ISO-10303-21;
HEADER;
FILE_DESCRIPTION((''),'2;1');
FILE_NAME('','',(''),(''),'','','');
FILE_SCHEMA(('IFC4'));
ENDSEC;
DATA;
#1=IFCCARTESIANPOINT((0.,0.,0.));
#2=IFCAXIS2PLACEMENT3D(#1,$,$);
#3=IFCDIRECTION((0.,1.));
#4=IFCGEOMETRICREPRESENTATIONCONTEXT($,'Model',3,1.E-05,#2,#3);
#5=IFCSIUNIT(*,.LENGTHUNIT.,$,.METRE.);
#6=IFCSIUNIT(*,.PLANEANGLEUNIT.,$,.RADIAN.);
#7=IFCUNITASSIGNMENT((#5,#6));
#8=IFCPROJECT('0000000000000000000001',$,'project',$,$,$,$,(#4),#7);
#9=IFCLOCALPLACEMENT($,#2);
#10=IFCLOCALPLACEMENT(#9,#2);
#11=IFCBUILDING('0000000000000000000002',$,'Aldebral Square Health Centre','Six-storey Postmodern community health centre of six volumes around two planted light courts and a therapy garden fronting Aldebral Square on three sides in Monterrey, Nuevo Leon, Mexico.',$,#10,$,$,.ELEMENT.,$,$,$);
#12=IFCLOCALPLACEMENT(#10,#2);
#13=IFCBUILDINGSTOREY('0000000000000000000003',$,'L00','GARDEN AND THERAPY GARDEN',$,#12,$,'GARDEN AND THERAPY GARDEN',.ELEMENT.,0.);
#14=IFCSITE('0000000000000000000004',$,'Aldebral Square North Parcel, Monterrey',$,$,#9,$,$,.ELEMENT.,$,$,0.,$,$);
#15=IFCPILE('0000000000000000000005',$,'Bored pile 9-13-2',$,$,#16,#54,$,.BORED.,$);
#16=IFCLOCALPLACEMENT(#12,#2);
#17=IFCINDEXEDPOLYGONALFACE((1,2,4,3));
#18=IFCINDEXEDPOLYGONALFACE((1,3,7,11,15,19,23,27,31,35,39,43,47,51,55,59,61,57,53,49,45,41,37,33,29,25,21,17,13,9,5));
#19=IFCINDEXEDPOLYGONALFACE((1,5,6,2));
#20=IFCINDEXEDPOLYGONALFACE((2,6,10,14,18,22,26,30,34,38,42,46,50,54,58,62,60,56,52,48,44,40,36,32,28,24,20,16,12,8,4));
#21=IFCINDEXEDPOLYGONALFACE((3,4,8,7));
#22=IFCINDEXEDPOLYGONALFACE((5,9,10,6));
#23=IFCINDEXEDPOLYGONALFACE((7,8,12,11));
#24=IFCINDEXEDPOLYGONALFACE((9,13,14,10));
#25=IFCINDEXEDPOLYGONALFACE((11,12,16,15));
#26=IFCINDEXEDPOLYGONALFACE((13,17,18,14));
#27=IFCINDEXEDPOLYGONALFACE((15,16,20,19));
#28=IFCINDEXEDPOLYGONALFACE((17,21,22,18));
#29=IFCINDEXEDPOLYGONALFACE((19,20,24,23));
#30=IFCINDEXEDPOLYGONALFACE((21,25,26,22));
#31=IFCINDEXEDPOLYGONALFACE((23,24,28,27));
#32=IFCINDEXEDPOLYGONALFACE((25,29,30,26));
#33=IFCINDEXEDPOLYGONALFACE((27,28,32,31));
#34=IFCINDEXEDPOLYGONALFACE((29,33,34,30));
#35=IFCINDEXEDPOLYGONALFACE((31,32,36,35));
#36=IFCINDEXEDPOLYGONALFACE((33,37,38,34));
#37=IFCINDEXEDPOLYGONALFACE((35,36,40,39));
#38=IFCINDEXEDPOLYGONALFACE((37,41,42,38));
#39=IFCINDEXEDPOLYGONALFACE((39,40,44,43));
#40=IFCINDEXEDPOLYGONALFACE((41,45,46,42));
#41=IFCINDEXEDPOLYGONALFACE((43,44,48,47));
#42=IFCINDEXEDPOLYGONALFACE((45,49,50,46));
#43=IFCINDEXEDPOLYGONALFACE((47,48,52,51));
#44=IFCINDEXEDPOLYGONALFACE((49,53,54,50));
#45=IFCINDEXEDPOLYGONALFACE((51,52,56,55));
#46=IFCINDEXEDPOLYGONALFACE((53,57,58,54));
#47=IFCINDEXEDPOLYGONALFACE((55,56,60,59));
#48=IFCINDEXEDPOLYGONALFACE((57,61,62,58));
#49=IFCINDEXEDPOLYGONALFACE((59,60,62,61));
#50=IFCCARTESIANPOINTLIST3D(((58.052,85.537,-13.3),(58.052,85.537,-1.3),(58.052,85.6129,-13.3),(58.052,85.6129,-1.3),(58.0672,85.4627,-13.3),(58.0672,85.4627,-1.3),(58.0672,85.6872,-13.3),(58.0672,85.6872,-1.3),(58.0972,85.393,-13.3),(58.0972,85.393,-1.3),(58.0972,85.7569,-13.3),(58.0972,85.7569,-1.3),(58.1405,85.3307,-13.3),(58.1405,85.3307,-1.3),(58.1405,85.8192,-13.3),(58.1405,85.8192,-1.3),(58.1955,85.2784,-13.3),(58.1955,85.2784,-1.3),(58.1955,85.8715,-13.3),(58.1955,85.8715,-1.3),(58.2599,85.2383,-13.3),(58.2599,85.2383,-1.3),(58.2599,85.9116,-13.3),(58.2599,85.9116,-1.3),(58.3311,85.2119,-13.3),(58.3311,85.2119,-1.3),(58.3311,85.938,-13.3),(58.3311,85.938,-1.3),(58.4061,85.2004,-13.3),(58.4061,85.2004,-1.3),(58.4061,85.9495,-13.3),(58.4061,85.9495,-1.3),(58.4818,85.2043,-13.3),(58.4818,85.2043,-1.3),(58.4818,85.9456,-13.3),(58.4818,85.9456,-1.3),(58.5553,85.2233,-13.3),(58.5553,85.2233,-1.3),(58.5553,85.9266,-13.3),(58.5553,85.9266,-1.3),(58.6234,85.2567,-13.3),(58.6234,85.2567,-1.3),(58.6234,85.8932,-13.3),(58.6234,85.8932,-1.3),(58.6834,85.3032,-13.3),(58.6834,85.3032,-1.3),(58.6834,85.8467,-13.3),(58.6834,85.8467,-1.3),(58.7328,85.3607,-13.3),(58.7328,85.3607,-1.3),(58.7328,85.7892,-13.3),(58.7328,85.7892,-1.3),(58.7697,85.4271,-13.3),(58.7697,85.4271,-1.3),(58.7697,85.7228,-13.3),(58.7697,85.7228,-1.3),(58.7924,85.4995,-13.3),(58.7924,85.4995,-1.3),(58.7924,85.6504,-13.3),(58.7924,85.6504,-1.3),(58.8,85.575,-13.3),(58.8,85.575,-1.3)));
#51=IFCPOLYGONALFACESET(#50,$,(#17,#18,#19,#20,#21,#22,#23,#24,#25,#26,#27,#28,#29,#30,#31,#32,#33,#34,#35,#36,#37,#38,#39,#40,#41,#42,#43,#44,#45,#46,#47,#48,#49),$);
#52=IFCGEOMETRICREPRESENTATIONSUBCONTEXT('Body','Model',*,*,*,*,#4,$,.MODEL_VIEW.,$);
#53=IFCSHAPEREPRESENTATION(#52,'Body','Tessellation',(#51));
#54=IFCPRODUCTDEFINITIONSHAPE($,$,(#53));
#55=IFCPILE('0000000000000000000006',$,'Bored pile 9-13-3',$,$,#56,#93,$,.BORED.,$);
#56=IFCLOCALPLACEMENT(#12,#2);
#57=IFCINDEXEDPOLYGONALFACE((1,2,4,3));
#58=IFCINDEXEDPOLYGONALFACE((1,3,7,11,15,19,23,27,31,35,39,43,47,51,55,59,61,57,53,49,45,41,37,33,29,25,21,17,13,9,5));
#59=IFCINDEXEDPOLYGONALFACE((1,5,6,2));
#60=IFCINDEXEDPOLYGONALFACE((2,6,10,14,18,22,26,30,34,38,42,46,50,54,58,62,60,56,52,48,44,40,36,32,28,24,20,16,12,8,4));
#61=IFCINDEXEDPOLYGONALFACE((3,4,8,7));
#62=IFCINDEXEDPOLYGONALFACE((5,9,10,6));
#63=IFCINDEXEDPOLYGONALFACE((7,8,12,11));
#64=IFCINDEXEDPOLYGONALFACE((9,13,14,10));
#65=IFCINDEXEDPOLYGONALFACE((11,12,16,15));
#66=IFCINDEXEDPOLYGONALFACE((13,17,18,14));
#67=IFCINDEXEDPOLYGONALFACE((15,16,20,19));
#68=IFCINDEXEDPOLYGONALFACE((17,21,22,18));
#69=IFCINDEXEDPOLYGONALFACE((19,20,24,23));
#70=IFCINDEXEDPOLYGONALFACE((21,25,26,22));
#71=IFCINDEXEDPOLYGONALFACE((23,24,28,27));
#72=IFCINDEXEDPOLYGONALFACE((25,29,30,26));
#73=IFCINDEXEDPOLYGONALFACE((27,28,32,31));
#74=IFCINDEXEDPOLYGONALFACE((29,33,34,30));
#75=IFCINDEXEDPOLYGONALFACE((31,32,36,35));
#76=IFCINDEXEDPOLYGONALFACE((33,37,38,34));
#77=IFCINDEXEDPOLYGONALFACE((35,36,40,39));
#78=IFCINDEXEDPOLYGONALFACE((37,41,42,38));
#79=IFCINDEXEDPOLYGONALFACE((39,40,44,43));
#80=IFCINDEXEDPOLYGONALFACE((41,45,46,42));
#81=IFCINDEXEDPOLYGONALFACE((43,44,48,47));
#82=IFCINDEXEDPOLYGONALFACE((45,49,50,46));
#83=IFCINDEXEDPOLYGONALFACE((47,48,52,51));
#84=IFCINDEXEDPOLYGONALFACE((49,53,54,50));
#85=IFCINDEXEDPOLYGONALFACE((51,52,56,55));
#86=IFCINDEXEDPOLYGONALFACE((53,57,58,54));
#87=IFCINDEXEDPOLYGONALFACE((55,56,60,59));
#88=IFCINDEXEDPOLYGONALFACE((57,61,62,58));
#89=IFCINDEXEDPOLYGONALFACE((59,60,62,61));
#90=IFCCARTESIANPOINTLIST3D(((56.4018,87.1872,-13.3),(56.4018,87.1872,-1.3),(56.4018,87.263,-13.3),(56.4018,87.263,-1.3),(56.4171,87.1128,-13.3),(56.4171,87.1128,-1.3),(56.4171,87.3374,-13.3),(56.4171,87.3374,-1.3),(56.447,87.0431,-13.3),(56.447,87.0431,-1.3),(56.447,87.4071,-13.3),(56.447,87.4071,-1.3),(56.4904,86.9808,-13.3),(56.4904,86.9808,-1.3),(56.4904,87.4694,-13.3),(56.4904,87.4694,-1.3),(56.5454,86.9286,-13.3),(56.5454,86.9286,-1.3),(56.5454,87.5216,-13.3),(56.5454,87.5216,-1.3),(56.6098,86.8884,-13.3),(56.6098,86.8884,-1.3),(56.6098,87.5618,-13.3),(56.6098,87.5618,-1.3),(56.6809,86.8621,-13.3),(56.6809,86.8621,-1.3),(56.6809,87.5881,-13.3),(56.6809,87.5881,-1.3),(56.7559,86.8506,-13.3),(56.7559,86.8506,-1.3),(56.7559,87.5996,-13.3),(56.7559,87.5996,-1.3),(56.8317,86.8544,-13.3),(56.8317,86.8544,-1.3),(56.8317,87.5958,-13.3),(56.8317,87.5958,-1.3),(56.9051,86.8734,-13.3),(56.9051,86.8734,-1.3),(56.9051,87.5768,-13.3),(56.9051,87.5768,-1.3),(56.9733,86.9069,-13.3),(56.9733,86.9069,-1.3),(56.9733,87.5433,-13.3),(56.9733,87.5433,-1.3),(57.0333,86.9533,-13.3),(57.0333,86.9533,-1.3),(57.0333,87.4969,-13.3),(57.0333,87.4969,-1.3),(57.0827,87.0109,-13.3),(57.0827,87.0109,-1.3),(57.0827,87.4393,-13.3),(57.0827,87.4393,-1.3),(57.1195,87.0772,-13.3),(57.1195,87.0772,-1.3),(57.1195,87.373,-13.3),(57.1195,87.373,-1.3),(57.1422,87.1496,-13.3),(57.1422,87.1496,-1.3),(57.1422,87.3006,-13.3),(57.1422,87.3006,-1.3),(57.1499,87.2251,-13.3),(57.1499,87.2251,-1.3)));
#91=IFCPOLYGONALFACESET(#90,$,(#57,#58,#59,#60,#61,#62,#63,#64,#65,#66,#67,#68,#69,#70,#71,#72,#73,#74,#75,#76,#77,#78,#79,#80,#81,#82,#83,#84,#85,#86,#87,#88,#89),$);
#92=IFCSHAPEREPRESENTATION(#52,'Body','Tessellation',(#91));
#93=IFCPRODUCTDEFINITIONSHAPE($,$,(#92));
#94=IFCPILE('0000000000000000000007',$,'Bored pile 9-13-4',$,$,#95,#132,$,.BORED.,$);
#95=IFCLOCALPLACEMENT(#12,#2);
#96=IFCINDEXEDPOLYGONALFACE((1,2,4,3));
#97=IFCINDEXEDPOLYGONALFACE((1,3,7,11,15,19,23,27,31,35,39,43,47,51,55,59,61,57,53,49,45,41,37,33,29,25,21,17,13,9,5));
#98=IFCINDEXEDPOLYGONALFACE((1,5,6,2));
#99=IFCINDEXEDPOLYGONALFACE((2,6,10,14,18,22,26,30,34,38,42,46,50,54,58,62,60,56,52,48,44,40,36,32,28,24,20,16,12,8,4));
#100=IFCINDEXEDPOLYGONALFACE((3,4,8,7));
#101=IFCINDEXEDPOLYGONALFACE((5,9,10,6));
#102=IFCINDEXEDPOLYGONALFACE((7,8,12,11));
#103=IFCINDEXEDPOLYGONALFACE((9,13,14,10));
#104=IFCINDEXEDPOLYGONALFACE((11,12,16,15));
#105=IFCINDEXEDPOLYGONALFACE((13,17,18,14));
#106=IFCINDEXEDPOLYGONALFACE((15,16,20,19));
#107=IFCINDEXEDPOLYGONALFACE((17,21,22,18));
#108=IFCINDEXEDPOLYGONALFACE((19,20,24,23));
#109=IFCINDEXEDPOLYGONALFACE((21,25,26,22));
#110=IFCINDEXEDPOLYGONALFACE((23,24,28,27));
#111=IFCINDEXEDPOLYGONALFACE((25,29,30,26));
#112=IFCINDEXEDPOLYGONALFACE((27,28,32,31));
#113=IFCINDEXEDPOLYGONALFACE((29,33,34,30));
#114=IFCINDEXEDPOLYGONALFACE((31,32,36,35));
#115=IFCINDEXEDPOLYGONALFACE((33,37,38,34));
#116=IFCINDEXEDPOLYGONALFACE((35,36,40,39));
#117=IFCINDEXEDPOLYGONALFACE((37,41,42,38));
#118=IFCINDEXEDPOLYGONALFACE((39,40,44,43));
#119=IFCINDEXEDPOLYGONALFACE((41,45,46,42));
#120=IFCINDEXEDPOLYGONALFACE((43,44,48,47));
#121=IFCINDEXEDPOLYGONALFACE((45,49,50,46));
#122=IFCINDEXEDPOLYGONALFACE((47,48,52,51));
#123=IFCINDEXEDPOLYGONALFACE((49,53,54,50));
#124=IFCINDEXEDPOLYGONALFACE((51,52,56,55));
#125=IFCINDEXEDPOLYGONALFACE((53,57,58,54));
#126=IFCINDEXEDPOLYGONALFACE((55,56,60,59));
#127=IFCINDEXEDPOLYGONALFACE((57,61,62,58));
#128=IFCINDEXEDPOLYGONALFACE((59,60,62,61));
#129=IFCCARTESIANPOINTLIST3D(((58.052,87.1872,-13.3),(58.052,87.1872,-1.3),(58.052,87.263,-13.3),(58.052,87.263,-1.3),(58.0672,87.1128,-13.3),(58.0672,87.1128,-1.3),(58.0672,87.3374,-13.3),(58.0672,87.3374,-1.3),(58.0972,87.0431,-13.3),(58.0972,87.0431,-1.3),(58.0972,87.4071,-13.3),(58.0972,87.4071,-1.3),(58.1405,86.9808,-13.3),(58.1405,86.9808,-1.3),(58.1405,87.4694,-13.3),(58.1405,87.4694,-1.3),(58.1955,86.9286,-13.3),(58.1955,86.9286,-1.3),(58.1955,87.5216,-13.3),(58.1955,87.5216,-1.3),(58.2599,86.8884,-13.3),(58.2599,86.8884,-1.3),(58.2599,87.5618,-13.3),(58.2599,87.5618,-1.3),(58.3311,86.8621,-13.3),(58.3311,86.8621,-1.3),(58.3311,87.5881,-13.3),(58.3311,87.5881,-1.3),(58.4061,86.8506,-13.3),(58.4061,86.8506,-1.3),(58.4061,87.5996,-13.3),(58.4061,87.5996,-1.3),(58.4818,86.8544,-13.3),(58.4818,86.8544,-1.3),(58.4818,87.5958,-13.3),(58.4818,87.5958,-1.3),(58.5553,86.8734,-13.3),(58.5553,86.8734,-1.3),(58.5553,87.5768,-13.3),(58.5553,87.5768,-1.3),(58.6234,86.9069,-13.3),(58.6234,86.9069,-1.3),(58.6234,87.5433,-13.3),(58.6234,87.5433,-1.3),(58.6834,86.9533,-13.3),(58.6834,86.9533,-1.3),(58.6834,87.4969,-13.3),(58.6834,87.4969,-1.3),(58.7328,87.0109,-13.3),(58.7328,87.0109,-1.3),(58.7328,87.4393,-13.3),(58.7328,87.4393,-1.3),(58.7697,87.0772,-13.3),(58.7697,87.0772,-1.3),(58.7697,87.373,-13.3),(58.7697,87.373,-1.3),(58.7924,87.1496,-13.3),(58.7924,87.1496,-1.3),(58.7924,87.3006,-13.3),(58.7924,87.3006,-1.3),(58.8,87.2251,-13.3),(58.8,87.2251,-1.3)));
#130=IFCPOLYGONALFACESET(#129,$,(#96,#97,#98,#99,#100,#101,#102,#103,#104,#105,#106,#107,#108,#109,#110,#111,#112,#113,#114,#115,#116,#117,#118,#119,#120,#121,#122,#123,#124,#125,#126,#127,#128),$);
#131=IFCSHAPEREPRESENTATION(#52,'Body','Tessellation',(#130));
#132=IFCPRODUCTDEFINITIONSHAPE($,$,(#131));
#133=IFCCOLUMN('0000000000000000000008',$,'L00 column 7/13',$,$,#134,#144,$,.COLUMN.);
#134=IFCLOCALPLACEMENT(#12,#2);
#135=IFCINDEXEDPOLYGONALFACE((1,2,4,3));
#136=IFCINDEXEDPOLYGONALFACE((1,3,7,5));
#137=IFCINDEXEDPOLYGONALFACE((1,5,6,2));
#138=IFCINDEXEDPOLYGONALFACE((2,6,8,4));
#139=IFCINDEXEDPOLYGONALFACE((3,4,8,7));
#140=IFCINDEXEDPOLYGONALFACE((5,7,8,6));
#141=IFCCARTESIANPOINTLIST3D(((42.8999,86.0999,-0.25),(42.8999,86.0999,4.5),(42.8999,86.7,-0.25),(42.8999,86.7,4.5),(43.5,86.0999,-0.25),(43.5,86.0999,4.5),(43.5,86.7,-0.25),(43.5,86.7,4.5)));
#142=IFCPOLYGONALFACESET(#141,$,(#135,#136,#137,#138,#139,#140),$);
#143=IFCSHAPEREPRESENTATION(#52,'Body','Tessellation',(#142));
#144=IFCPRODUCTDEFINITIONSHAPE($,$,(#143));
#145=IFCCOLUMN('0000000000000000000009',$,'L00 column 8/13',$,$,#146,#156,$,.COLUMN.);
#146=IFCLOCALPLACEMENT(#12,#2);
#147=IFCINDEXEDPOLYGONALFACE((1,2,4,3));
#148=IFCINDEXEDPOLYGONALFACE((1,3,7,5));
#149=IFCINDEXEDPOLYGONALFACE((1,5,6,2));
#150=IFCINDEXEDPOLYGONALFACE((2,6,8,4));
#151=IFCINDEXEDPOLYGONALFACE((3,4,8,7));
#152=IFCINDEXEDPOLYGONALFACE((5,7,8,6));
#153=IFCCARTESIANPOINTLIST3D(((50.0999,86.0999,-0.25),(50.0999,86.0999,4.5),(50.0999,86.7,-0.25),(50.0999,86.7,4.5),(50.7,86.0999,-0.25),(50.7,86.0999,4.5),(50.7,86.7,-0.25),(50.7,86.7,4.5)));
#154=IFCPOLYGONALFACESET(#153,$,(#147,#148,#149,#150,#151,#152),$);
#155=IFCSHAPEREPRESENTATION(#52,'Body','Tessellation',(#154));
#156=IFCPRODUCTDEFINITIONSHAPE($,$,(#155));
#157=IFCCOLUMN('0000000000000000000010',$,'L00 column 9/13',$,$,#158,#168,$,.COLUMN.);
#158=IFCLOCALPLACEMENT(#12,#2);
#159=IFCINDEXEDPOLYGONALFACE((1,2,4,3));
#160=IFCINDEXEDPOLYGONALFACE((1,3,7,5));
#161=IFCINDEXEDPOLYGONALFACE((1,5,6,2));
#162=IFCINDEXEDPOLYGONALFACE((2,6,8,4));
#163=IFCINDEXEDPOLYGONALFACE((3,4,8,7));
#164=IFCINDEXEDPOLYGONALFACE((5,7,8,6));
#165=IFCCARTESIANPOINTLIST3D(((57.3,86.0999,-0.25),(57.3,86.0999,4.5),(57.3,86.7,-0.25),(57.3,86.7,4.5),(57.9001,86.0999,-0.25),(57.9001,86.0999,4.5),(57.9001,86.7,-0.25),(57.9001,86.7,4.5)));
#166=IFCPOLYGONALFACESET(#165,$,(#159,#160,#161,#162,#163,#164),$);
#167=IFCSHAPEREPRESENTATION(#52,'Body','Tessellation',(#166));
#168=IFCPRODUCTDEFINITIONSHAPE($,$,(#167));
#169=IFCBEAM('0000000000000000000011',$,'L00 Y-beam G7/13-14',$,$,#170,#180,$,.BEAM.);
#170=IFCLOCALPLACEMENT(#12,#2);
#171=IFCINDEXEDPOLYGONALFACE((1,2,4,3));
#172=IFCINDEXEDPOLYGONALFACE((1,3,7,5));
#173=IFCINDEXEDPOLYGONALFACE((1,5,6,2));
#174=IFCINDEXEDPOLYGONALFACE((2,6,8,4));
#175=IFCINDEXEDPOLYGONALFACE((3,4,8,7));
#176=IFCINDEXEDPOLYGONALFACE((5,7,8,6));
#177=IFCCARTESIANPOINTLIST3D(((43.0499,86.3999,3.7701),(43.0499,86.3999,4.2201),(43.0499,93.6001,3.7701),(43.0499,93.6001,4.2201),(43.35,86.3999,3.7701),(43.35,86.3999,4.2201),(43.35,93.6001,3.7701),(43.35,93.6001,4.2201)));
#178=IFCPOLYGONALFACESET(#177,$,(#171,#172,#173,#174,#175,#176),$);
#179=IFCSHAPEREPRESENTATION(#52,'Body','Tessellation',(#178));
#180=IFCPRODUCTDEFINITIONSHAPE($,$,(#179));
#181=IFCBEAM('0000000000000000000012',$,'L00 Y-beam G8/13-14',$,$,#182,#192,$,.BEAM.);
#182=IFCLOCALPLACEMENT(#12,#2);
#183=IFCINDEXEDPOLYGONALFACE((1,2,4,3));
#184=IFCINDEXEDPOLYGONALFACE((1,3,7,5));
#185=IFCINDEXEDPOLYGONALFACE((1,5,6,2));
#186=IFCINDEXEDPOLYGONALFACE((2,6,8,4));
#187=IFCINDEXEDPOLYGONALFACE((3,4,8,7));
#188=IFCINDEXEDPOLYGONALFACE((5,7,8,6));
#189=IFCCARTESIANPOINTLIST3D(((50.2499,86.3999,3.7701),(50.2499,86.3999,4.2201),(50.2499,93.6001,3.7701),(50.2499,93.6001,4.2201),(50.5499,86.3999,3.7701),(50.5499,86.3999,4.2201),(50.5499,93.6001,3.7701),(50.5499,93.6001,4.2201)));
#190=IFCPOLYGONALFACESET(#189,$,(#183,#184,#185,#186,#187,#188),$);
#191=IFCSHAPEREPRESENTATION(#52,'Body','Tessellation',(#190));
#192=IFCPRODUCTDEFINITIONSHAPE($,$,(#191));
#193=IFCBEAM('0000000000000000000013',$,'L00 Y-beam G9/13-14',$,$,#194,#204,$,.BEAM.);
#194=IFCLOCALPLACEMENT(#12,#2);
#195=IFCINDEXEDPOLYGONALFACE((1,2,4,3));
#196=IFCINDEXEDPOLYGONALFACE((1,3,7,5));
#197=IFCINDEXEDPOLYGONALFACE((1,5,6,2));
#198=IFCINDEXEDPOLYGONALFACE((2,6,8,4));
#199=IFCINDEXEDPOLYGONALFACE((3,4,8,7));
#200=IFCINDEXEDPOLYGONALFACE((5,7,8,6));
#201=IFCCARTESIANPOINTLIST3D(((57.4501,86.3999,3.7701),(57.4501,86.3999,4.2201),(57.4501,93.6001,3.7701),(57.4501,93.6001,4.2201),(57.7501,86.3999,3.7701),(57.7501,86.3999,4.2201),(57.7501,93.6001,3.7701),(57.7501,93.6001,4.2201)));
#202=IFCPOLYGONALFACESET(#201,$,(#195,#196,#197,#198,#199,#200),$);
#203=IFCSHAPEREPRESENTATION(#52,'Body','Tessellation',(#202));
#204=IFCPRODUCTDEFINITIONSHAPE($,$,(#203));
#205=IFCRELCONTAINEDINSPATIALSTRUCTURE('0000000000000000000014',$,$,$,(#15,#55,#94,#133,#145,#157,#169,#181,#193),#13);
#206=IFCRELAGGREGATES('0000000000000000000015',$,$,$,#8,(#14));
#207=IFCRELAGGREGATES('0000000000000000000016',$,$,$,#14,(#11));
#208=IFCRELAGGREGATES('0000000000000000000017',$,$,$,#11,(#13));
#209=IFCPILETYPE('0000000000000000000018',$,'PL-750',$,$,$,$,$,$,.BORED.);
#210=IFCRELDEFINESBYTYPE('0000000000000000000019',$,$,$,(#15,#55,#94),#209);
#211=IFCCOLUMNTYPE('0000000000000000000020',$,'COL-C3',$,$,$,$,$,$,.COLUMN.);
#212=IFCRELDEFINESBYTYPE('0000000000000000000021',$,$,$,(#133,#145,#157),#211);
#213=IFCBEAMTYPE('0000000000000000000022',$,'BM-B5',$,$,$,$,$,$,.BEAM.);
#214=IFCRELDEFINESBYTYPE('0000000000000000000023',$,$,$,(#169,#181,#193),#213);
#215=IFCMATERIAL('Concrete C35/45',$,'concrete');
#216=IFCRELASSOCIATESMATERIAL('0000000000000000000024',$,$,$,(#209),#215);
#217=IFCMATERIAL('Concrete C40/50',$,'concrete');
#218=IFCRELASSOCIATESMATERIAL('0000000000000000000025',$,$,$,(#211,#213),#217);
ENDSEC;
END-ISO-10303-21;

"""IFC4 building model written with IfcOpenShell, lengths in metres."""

from ifc_helpers import new_model, si_unit, direction, frame, origin, origin_2d, place, context, subcontext, project, spatial, rectangle, circle, extrude, material, material_profile, profile_set, type_object, element, save


model = new_model("IFC4")

# Units and contexts
model_context = context("Model", 3, precision=1e-05, world=origin(), true_north=direction((0.0, 1.0)))
body_context = subcontext(model_context, "Body", "Model", "MODEL_VIEW")
ifc_project = project(units=[si_unit("LENGTHUNIT", "METRE"), si_unit("PLANEANGLEUNIT", "RADIAN")], contexts=[model_context])

# Site, building, storey
site_placement = place(None, origin())
site = spatial("IfcSite", under=ifc_project, at=site_placement, Name="Aldebral Square North Parcel, Monterrey", CompositionType="ELEMENT", RefElevation=0.0)
building_placement = place(site_placement, origin())
building = spatial("IfcBuilding", under=site, at=building_placement, Name="Aldebral Square Health Centre", Description="Six-storey Postmodern community health centre of six volumes around two planted light courts and a therapy garden fronting Aldebral Square on three sides in Monterrey, Nuevo Leon, Mexico.", CompositionType="ELEMENT")
storey_placement = place(building_placement, origin())
storey = spatial("IfcBuildingStorey", under=building, at=storey_placement, Name="L00", Description="GARDEN AND THERAPY GARDEN", LongName="GARDEN AND THERAPY GARDEN", CompositionType="ELEMENT", Elevation=0.0)

# Shared definitions
ifc_material_1 = material(Name="Concrete C35/45", Category="concrete")

# Piles
ifc_material_profile_1 = material_profile(ifc_material_1, circle(Radius=0.375, at=origin_2d()), Name="PILE D750")
ifc_profile_set_1 = profile_set([ifc_material_profile_1], Name="Concrete C35/45")
pile_type = type_object("IfcPileType", Name="PL-750", PredefinedType="BORED", material=ifc_profile_set_1)
for number, where, z_axis, x_axis, name in (
    (1, (58.425, 85.575, -1.3), (0.0, 0.0, -1.0), (1.0, 0.0, 0.0), "Bored pile 9-13-2"),
    (2, (56.7749, 87.2251, -1.3), (0.0, 0.0, -1.0), (1.0, 0.0, 0.0), "Bored pile 9-13-3"),
    (3, (58.425, 87.2251, -1.3), (0.0, 0.0, -1.0), (1.0, 0.0, 0.0), "Bored pile 9-13-4"),
):
    element("IfcPile", number, at=place(storey_placement, frame(where, z_axis=z_axis, x_axis=x_axis)), inside=storey, type_object=pile_type, Name=name, PredefinedType="BORED", context=body_context, shape_type="SweptSolid", body=[
        extrude(circle(Radius=0.375, at=origin_2d()), origin(), (0.0, 0.0, 1.0), 12.0),
    ])

# Columns
ifc_material_2 = material(Name="Concrete C40/50", Category="concrete")
ifc_material_profile_2 = material_profile(ifc_material_2, rectangle(XDim=0.6001, YDim=0.6001, at=origin_2d()), Name="RC 600x600")
ifc_profile_set_2 = profile_set([ifc_material_profile_2], Name="Concrete C40/50")
column_type = type_object("IfcColumnType", Name="COL-C3", PredefinedType="COLUMN", material=ifc_profile_set_2)
for number, where, z_axis, x_axis, name in (
    (4, (43.2, 86.3999, -0.25), (0.0, 0.0, 1.0), (1.0, 0.0, 0.0), "L00 column 7/13"),
    (5, (50.3999, 86.3999, -0.25), (0.0, 0.0, 1.0), (1.0, 0.0, 0.0), "L00 column 8/13"),
    (6, (57.6001, 86.3999, -0.25), (0.0, 0.0, 1.0), (1.0, 0.0, 0.0), "L00 column 9/13"),
):
    element("IfcColumn", number, at=place(storey_placement, frame(where, z_axis=z_axis, x_axis=x_axis)), inside=storey, type_object=column_type, Name=name, PredefinedType="COLUMN", context=body_context, shape_type="SweptSolid", body=[
        extrude(rectangle(XDim=0.6001, YDim=0.6001, at=origin_2d()), origin(), (0.0, 0.0, 1.0), 4.75),
    ])

# Beams
ifc_material_profile_3 = material_profile(ifc_material_2, rectangle(XDim=0.3, YDim=0.45, at=origin_2d()), Name="RC 300x450")
ifc_profile_set_3 = profile_set([ifc_material_profile_3], Name="Concrete C40/50")
beam_type_1 = type_object("IfcBeamType", Name="BM-B5", PredefinedType="BEAM", material=ifc_profile_set_3)
for number, where, z_axis, x_axis, name in (
    (7, (43.2, 86.3999, 3.9951), (0.0, 1.0, 0.0), (-1.0, 0.0, 0.0), "L00 Y-beam G7/13-14"),
    (8, (50.3999, 86.3999, 3.9951), (0.0, 1.0, 0.0), (-1.0, 0.0, 0.0), "L00 Y-beam G8/13-14"),
    (9, (57.6001, 86.3999, 3.9951), (0.0, 1.0, 0.0), (-1.0, 0.0, 0.0), "L00 Y-beam G9/13-14"),
):
    element("IfcBeam", number, at=place(storey_placement, frame(where, z_axis=z_axis, x_axis=x_axis)), inside=storey, type_object=beam_type_1, Name=name, PredefinedType="BEAM", context=body_context, shape_type="SweptSolid", body=[
        extrude(rectangle(XDim=0.3, YDim=0.45, at=origin_2d()), origin(), (0.0, 0.0, 1.0), 7.2002),
    ])

save(model, "model.ifc")
